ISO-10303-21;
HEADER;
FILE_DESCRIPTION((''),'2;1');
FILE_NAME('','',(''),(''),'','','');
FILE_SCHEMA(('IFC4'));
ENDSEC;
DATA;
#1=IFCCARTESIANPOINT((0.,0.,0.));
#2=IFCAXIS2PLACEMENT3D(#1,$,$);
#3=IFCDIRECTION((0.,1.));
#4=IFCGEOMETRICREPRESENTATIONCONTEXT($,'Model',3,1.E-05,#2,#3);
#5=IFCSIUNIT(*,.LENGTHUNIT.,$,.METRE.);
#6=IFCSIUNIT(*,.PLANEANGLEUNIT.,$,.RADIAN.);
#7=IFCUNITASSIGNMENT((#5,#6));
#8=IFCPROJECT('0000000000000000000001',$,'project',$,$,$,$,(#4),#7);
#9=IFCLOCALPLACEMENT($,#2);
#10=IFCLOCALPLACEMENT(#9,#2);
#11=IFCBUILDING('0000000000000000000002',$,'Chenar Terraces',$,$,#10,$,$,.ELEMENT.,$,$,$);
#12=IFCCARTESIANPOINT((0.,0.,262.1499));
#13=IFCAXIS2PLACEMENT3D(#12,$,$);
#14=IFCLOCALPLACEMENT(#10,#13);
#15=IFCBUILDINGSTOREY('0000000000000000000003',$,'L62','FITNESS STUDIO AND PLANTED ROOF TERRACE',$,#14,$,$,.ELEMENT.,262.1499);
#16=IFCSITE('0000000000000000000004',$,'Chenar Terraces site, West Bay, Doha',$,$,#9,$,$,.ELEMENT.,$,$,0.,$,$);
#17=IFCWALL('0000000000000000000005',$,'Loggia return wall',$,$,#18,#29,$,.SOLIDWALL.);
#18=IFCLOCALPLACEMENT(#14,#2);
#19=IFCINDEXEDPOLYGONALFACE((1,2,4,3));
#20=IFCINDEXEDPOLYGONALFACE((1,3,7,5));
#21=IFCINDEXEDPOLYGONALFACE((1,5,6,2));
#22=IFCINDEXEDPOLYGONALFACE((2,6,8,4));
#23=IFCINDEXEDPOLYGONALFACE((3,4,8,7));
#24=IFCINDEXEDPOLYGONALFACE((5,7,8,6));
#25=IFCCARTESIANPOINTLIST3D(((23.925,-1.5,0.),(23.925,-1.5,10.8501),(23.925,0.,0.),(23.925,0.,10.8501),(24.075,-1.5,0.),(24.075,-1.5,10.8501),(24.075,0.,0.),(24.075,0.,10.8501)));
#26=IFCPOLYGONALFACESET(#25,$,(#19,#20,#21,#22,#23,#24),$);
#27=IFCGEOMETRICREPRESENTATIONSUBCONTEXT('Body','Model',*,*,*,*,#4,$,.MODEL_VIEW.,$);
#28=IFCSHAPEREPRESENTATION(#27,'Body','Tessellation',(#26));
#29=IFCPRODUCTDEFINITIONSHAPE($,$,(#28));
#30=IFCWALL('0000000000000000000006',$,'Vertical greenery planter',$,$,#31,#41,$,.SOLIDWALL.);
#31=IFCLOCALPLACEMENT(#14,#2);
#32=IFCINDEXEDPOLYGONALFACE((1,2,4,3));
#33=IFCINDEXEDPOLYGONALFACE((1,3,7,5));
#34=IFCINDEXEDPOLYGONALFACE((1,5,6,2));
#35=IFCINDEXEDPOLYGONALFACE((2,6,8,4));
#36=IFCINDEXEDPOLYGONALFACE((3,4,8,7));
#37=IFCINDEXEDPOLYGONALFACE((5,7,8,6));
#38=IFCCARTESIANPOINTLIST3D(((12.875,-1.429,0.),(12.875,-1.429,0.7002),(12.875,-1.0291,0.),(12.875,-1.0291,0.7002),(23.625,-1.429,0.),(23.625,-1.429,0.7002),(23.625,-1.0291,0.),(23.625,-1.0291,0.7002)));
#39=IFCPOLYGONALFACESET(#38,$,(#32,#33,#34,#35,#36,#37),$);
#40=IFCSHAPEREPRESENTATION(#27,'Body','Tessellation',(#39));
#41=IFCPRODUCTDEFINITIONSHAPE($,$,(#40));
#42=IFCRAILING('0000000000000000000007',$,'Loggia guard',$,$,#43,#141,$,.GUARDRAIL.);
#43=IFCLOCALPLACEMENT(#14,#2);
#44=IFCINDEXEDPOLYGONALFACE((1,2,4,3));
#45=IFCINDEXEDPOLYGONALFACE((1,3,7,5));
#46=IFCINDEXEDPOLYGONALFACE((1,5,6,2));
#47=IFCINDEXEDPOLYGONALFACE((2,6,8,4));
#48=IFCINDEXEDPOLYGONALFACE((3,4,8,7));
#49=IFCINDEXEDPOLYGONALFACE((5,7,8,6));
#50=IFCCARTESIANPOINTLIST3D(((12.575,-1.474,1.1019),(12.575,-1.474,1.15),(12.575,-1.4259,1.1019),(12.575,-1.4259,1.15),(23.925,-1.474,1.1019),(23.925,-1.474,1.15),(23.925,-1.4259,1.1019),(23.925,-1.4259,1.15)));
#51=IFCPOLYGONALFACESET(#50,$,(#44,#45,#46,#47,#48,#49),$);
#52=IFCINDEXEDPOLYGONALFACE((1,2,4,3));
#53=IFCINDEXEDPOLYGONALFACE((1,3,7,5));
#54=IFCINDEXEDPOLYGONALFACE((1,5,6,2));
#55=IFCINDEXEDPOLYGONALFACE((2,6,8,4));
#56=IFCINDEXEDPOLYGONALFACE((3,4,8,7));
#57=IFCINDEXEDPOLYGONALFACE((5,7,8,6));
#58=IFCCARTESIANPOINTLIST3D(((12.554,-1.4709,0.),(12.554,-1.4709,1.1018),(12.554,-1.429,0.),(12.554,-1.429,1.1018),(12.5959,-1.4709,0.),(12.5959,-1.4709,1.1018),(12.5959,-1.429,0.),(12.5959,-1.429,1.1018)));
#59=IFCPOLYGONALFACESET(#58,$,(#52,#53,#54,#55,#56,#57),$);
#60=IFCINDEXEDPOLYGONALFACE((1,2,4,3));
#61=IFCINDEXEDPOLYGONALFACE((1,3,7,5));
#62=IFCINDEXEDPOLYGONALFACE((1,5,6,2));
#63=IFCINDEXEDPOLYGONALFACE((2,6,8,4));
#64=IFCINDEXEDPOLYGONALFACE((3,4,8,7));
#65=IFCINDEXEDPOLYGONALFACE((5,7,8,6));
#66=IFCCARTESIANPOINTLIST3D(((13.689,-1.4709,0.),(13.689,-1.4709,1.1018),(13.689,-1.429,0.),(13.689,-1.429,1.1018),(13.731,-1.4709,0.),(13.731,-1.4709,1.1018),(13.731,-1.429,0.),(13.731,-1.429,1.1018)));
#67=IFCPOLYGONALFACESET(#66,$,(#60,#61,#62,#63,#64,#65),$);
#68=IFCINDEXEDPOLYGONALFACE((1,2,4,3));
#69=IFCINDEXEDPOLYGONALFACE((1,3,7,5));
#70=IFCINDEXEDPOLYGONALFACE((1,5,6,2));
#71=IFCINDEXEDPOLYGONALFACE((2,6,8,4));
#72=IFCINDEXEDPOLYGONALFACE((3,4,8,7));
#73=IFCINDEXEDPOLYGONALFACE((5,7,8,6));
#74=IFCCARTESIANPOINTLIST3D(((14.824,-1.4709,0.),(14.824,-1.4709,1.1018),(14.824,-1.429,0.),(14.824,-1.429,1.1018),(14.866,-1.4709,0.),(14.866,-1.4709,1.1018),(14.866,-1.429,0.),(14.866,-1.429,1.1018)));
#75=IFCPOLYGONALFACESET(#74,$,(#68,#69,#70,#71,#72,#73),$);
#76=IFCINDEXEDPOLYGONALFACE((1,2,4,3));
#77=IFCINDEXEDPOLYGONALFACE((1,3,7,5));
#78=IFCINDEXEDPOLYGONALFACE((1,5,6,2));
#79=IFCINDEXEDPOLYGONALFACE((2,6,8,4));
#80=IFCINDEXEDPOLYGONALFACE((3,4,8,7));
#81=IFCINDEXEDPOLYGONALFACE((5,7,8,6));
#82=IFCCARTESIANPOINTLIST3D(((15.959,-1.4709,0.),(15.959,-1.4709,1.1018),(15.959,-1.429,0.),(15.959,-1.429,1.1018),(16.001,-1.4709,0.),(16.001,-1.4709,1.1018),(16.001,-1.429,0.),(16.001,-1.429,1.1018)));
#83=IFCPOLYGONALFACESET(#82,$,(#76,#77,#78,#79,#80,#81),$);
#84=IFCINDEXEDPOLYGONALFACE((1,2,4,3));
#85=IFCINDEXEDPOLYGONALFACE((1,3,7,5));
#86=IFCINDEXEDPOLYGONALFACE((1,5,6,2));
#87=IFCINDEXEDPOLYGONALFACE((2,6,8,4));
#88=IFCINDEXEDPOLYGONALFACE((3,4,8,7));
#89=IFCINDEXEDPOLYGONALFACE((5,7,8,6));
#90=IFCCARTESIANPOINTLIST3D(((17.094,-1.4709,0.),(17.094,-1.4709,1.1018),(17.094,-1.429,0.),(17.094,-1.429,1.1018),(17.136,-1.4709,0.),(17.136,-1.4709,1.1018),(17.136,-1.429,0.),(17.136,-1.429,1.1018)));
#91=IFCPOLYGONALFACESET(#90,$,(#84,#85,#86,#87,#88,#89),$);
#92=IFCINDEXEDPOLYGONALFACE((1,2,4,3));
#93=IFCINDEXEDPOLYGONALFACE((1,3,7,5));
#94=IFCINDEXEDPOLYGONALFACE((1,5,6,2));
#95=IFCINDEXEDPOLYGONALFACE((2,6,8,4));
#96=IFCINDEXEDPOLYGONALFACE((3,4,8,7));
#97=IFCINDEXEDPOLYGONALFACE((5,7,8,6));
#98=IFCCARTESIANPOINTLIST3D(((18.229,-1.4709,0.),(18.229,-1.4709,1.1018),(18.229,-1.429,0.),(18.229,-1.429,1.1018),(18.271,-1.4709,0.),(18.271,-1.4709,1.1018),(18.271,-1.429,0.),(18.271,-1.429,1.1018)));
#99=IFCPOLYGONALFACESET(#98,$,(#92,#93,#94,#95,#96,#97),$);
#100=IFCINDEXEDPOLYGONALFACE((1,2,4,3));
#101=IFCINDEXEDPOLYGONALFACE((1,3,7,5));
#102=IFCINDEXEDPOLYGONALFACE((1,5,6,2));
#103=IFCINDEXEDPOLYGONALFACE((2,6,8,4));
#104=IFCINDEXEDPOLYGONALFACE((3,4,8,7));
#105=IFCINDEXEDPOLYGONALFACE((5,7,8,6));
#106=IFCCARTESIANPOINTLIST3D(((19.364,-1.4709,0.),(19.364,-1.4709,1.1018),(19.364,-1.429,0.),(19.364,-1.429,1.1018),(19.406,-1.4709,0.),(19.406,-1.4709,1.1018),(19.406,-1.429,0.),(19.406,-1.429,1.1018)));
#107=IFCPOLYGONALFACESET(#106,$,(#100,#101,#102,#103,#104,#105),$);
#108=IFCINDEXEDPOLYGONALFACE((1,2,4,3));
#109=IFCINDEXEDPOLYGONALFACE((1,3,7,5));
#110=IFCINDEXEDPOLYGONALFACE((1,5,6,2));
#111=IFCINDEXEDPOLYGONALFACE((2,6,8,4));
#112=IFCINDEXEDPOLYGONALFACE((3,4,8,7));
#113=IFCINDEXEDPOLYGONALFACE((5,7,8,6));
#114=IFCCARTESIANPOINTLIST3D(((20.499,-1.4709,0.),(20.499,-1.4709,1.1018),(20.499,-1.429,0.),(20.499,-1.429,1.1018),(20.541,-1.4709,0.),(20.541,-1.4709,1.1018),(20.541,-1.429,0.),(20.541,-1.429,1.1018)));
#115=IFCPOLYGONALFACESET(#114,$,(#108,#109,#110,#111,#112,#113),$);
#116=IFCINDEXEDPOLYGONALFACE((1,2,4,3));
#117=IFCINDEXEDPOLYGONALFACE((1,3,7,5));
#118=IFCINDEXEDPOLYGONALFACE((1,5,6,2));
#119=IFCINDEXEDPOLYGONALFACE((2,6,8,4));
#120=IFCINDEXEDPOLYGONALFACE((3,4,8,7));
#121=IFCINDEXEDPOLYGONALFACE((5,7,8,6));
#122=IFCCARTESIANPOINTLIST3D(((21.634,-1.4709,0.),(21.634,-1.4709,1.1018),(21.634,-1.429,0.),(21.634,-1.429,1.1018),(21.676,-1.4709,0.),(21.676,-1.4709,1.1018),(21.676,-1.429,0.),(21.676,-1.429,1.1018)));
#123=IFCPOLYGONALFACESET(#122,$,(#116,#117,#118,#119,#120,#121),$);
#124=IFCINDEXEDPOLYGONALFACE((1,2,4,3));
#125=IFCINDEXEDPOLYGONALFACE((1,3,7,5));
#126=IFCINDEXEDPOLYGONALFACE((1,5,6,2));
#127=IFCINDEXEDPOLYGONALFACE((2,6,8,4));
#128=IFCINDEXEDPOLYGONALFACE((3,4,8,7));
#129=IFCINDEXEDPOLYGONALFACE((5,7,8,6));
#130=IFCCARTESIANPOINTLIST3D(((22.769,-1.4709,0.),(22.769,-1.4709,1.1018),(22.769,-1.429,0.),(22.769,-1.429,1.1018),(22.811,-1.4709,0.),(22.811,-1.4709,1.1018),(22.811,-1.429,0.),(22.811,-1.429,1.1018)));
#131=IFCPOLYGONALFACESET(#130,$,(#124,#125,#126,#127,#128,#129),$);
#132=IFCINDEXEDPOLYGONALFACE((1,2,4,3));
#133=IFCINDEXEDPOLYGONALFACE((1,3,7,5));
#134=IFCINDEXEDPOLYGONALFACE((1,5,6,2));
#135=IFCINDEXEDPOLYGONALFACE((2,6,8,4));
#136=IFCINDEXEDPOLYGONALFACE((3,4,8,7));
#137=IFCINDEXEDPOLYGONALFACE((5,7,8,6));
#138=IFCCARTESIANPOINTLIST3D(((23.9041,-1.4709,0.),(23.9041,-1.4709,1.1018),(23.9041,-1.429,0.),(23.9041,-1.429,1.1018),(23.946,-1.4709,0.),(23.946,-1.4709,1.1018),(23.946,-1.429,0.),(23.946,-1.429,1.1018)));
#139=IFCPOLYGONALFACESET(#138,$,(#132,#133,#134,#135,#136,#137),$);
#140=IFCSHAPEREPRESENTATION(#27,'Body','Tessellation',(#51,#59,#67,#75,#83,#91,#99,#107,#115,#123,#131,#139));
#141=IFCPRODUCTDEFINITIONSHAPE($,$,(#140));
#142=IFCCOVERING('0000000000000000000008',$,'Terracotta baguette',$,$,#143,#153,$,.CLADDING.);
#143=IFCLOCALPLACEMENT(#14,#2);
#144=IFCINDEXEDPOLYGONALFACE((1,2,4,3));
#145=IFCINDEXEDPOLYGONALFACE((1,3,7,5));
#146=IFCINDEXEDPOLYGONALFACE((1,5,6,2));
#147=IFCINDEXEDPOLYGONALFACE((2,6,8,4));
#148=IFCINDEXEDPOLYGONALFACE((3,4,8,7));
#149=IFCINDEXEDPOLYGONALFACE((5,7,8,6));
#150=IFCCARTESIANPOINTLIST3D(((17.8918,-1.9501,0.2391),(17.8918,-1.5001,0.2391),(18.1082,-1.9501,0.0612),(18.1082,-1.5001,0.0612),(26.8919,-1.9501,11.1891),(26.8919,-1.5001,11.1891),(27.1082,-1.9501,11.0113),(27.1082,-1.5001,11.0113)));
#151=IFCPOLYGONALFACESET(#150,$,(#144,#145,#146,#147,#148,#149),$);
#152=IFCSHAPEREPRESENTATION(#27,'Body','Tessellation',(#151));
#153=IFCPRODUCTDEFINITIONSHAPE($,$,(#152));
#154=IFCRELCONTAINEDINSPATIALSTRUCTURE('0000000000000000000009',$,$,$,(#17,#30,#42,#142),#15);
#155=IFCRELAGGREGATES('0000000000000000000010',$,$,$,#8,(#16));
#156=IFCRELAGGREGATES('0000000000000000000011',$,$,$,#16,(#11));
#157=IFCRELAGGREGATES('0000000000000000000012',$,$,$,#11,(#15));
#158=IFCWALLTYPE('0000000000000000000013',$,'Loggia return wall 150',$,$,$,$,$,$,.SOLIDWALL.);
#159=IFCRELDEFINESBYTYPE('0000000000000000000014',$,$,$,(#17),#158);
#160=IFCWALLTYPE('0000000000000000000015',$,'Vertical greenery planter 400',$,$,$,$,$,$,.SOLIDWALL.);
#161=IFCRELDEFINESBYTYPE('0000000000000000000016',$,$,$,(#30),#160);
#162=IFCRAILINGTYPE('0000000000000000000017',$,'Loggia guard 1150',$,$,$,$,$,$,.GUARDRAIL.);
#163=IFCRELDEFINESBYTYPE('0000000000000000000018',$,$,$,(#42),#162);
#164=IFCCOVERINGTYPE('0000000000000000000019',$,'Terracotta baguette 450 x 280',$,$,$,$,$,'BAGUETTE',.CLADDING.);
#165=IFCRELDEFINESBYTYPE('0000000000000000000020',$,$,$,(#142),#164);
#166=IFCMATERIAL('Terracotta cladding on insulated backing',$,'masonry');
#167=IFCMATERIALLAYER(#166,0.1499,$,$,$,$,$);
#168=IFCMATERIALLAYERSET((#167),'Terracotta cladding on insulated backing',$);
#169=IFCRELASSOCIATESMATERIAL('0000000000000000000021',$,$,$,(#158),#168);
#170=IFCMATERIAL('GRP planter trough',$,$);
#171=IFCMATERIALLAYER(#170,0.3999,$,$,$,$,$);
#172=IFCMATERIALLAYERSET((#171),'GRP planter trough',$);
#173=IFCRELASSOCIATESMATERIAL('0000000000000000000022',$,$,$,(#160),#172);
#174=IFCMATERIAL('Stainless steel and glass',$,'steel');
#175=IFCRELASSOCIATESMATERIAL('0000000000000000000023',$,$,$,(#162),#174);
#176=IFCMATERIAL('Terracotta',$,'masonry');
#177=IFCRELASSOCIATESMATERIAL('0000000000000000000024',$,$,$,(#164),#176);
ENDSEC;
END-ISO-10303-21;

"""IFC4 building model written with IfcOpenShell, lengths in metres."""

from ifc_helpers import new_model, si_unit, direction, frame, frame_2d, origin, origin_2d, place, context, subcontext, project, spatial, rectangle, extrude, material, layer, layer_set, material_profile, profile_set, type_object, element, save


model = new_model("IFC4")

# Units and contexts
model_context = context("Model", 3, precision=1e-05, world=origin(), true_north=direction((0.0, 1.0)))
body_context = subcontext(model_context, "Body", "Model", "MODEL_VIEW")
ifc_project = project(units=[si_unit("LENGTHUNIT", "METRE"), si_unit("PLANEANGLEUNIT", "RADIAN")], contexts=[model_context])

# Site, building, storey
site_placement = place(None, origin())
site = spatial("IfcSite", under=ifc_project, at=site_placement, Name="Chenar Terraces site, West Bay, Doha", CompositionType="ELEMENT", RefElevation=0.0)
building_placement = place(site_placement, origin())
building = spatial("IfcBuilding", under=site, at=building_placement, Name="Chenar Terraces", CompositionType="ELEMENT")
storey_placement = place(building_placement, frame((0.0, 0.0, 262.1499)))
storey = spatial("IfcBuildingStorey", under=building, at=storey_placement, Name="L62", Description="FITNESS STUDIO AND PLANTED ROOF TERRACE", CompositionType="ELEMENT", Elevation=262.1499)

# Walls
ifc_material_1 = material(Name="Terracotta cladding on insulated backing", Category="masonry")
ifc_layer_1 = layer(ifc_material_1, 0.1499)
ifc_layer_set_1 = layer_set([ifc_layer_1], Name="Terracotta cladding on insulated backing")
wall_type_1 = type_object("IfcWallType", Name="Loggia return wall 150", PredefinedType="SOLIDWALL", material=ifc_layer_set_1)
for number, where, z_axis, x_axis, name in (
    (1, (24.0, -1.5, 0.0), (0.0, 0.0, 1.0), (0.0, 1.0, 0.0), "Loggia return wall"),
):
    element("IfcWall", number, at=place(storey_placement, frame(where, z_axis=z_axis, x_axis=x_axis)), inside=storey, type_object=wall_type_1, Name=name, PredefinedType="SOLIDWALL", context=body_context, shape_type="SweptSolid", body=[
        extrude(rectangle(XDim=1.5, YDim=0.1499, at=frame_2d((0.75, 0.0))), origin(), (0.0, 0.0, 1.0), 10.8501),
    ])
ifc_material_2 = material(Name="GRP planter trough")
ifc_layer_2 = layer(ifc_material_2, 0.3999)
ifc_layer_set_2 = layer_set([ifc_layer_2], Name="GRP planter trough")
wall_type_2 = type_object("IfcWallType", Name="Vertical greenery planter 400", PredefinedType="SOLIDWALL", material=ifc_layer_set_2)
wall_1_placement = place(storey_placement, frame((12.875, -1.229, 0.0), z_axis=(0.0, 0.0, 1.0), x_axis=(1.0, 0.0, 0.0)))
element("IfcWall", 2, at=wall_1_placement, inside=storey, type_object=wall_type_2, Name="Vertical greenery planter", PredefinedType="SOLIDWALL", context=body_context, shape_type="SweptSolid", body=[
    extrude(rectangle(XDim=10.75, YDim=0.3999, at=frame_2d((5.375, 0.0))), origin(), (0.0, 0.0, 1.0), 0.7002),
])

# Railing
ifc_material_3 = material(Name="Stainless steel and glass", Category="steel")
railing_type = type_object("IfcRailingType", Name="Loggia guard 1150", PredefinedType="GUARDRAIL", material=ifc_material_3)
railing_placement = place(storey_placement, frame((12.575, -1.45, 0.0)))
element("IfcRailing", 3, at=railing_placement, inside=storey, type_object=railing_type, Name="Loggia guard", PredefinedType="GUARDRAIL", context=body_context, shape_type="SweptSolid", body=[
    extrude(rectangle(XDim=0.0481, YDim=0.0481, at=origin_2d()), frame((0.0, 0.0, 1.126), z_axis=(1.0, 0.0, 0.0), x_axis=(0.0, 1.0, 0.0)), (0.0, 0.0, 1.0), 11.3501),
    extrude(rectangle(XDim=0.042, YDim=0.042, at=origin_2d()), origin(), (0.0, 0.0, 1.0), 1.1018),
    extrude(rectangle(XDim=0.042, YDim=0.042, at=origin_2d()), frame((1.135, 0.0, 0.0)), (0.0, 0.0, 1.0), 1.1018),
    extrude(rectangle(XDim=0.042, YDim=0.042, at=origin_2d()), frame((2.27, 0.0, 0.0)), (0.0, 0.0, 1.0), 1.1018),
    extrude(rectangle(XDim=0.042, YDim=0.042, at=origin_2d()), frame((3.405, 0.0, 0.0)), (0.0, 0.0, 1.0), 1.1018),
    extrude(rectangle(XDim=0.042, YDim=0.042, at=origin_2d()), frame((4.54, 0.0, 0.0)), (0.0, 0.0, 1.0), 1.1018),
    extrude(rectangle(XDim=0.042, YDim=0.042, at=origin_2d()), frame((5.675, 0.0, 0.0)), (0.0, 0.0, 1.0), 1.1018),
    extrude(rectangle(XDim=0.042, YDim=0.042, at=origin_2d()), frame((6.8101, 0.0, 0.0)), (0.0, 0.0, 1.0), 1.1018),
    extrude(rectangle(XDim=0.042, YDim=0.042, at=origin_2d()), frame((7.9451, 0.0, 0.0)), (0.0, 0.0, 1.0), 1.1018),
    extrude(rectangle(XDim=0.042, YDim=0.042, at=origin_2d()), frame((9.0801, 0.0, 0.0)), (0.0, 0.0, 1.0), 1.1018),
    extrude(rectangle(XDim=0.042, YDim=0.042, at=origin_2d()), frame((10.2151, 0.0, 0.0)), (0.0, 0.0, 1.0), 1.1018),
    extrude(rectangle(XDim=0.042, YDim=0.042, at=origin_2d()), frame((11.3501, 0.0, 0.0)), (0.0, 0.0, 1.0), 1.1018),
])

# Covering
ifc_material_4 = material(Name="Terracotta", Category="masonry")
ifc_material_profile_1 = material_profile(ifc_material_4, rectangle(XDim=0.45, YDim=0.28, at=origin_2d()), Name="Terracotta baguette 450 x 280")
ifc_profile_set_1 = profile_set([ifc_material_profile_1], Name="Terracotta")
covering_type = type_object("IfcCoveringType", Name="Terracotta baguette 450 x 280", ElementType="BAGUETTE", PredefinedType="CLADDING", material=ifc_profile_set_1)
covering_placement = place(storey_placement, frame((18.0, -1.7251, 0.1501), z_axis=(0.634967, 0.0, 0.772539), x_axis=(0.0, 1.0, 0.0)))
element("IfcCovering", 4, at=covering_placement, inside=storey, type_object=covering_type, Name="Terracotta baguette", PredefinedType="CLADDING", context=body_context, shape_type="SweptSolid", body=[
    extrude(rectangle(XDim=0.45, YDim=0.28, at=origin_2d()), origin(), (0.0, 0.0, 1.0), 14.1741),
])

save(model, "model.ifc")
